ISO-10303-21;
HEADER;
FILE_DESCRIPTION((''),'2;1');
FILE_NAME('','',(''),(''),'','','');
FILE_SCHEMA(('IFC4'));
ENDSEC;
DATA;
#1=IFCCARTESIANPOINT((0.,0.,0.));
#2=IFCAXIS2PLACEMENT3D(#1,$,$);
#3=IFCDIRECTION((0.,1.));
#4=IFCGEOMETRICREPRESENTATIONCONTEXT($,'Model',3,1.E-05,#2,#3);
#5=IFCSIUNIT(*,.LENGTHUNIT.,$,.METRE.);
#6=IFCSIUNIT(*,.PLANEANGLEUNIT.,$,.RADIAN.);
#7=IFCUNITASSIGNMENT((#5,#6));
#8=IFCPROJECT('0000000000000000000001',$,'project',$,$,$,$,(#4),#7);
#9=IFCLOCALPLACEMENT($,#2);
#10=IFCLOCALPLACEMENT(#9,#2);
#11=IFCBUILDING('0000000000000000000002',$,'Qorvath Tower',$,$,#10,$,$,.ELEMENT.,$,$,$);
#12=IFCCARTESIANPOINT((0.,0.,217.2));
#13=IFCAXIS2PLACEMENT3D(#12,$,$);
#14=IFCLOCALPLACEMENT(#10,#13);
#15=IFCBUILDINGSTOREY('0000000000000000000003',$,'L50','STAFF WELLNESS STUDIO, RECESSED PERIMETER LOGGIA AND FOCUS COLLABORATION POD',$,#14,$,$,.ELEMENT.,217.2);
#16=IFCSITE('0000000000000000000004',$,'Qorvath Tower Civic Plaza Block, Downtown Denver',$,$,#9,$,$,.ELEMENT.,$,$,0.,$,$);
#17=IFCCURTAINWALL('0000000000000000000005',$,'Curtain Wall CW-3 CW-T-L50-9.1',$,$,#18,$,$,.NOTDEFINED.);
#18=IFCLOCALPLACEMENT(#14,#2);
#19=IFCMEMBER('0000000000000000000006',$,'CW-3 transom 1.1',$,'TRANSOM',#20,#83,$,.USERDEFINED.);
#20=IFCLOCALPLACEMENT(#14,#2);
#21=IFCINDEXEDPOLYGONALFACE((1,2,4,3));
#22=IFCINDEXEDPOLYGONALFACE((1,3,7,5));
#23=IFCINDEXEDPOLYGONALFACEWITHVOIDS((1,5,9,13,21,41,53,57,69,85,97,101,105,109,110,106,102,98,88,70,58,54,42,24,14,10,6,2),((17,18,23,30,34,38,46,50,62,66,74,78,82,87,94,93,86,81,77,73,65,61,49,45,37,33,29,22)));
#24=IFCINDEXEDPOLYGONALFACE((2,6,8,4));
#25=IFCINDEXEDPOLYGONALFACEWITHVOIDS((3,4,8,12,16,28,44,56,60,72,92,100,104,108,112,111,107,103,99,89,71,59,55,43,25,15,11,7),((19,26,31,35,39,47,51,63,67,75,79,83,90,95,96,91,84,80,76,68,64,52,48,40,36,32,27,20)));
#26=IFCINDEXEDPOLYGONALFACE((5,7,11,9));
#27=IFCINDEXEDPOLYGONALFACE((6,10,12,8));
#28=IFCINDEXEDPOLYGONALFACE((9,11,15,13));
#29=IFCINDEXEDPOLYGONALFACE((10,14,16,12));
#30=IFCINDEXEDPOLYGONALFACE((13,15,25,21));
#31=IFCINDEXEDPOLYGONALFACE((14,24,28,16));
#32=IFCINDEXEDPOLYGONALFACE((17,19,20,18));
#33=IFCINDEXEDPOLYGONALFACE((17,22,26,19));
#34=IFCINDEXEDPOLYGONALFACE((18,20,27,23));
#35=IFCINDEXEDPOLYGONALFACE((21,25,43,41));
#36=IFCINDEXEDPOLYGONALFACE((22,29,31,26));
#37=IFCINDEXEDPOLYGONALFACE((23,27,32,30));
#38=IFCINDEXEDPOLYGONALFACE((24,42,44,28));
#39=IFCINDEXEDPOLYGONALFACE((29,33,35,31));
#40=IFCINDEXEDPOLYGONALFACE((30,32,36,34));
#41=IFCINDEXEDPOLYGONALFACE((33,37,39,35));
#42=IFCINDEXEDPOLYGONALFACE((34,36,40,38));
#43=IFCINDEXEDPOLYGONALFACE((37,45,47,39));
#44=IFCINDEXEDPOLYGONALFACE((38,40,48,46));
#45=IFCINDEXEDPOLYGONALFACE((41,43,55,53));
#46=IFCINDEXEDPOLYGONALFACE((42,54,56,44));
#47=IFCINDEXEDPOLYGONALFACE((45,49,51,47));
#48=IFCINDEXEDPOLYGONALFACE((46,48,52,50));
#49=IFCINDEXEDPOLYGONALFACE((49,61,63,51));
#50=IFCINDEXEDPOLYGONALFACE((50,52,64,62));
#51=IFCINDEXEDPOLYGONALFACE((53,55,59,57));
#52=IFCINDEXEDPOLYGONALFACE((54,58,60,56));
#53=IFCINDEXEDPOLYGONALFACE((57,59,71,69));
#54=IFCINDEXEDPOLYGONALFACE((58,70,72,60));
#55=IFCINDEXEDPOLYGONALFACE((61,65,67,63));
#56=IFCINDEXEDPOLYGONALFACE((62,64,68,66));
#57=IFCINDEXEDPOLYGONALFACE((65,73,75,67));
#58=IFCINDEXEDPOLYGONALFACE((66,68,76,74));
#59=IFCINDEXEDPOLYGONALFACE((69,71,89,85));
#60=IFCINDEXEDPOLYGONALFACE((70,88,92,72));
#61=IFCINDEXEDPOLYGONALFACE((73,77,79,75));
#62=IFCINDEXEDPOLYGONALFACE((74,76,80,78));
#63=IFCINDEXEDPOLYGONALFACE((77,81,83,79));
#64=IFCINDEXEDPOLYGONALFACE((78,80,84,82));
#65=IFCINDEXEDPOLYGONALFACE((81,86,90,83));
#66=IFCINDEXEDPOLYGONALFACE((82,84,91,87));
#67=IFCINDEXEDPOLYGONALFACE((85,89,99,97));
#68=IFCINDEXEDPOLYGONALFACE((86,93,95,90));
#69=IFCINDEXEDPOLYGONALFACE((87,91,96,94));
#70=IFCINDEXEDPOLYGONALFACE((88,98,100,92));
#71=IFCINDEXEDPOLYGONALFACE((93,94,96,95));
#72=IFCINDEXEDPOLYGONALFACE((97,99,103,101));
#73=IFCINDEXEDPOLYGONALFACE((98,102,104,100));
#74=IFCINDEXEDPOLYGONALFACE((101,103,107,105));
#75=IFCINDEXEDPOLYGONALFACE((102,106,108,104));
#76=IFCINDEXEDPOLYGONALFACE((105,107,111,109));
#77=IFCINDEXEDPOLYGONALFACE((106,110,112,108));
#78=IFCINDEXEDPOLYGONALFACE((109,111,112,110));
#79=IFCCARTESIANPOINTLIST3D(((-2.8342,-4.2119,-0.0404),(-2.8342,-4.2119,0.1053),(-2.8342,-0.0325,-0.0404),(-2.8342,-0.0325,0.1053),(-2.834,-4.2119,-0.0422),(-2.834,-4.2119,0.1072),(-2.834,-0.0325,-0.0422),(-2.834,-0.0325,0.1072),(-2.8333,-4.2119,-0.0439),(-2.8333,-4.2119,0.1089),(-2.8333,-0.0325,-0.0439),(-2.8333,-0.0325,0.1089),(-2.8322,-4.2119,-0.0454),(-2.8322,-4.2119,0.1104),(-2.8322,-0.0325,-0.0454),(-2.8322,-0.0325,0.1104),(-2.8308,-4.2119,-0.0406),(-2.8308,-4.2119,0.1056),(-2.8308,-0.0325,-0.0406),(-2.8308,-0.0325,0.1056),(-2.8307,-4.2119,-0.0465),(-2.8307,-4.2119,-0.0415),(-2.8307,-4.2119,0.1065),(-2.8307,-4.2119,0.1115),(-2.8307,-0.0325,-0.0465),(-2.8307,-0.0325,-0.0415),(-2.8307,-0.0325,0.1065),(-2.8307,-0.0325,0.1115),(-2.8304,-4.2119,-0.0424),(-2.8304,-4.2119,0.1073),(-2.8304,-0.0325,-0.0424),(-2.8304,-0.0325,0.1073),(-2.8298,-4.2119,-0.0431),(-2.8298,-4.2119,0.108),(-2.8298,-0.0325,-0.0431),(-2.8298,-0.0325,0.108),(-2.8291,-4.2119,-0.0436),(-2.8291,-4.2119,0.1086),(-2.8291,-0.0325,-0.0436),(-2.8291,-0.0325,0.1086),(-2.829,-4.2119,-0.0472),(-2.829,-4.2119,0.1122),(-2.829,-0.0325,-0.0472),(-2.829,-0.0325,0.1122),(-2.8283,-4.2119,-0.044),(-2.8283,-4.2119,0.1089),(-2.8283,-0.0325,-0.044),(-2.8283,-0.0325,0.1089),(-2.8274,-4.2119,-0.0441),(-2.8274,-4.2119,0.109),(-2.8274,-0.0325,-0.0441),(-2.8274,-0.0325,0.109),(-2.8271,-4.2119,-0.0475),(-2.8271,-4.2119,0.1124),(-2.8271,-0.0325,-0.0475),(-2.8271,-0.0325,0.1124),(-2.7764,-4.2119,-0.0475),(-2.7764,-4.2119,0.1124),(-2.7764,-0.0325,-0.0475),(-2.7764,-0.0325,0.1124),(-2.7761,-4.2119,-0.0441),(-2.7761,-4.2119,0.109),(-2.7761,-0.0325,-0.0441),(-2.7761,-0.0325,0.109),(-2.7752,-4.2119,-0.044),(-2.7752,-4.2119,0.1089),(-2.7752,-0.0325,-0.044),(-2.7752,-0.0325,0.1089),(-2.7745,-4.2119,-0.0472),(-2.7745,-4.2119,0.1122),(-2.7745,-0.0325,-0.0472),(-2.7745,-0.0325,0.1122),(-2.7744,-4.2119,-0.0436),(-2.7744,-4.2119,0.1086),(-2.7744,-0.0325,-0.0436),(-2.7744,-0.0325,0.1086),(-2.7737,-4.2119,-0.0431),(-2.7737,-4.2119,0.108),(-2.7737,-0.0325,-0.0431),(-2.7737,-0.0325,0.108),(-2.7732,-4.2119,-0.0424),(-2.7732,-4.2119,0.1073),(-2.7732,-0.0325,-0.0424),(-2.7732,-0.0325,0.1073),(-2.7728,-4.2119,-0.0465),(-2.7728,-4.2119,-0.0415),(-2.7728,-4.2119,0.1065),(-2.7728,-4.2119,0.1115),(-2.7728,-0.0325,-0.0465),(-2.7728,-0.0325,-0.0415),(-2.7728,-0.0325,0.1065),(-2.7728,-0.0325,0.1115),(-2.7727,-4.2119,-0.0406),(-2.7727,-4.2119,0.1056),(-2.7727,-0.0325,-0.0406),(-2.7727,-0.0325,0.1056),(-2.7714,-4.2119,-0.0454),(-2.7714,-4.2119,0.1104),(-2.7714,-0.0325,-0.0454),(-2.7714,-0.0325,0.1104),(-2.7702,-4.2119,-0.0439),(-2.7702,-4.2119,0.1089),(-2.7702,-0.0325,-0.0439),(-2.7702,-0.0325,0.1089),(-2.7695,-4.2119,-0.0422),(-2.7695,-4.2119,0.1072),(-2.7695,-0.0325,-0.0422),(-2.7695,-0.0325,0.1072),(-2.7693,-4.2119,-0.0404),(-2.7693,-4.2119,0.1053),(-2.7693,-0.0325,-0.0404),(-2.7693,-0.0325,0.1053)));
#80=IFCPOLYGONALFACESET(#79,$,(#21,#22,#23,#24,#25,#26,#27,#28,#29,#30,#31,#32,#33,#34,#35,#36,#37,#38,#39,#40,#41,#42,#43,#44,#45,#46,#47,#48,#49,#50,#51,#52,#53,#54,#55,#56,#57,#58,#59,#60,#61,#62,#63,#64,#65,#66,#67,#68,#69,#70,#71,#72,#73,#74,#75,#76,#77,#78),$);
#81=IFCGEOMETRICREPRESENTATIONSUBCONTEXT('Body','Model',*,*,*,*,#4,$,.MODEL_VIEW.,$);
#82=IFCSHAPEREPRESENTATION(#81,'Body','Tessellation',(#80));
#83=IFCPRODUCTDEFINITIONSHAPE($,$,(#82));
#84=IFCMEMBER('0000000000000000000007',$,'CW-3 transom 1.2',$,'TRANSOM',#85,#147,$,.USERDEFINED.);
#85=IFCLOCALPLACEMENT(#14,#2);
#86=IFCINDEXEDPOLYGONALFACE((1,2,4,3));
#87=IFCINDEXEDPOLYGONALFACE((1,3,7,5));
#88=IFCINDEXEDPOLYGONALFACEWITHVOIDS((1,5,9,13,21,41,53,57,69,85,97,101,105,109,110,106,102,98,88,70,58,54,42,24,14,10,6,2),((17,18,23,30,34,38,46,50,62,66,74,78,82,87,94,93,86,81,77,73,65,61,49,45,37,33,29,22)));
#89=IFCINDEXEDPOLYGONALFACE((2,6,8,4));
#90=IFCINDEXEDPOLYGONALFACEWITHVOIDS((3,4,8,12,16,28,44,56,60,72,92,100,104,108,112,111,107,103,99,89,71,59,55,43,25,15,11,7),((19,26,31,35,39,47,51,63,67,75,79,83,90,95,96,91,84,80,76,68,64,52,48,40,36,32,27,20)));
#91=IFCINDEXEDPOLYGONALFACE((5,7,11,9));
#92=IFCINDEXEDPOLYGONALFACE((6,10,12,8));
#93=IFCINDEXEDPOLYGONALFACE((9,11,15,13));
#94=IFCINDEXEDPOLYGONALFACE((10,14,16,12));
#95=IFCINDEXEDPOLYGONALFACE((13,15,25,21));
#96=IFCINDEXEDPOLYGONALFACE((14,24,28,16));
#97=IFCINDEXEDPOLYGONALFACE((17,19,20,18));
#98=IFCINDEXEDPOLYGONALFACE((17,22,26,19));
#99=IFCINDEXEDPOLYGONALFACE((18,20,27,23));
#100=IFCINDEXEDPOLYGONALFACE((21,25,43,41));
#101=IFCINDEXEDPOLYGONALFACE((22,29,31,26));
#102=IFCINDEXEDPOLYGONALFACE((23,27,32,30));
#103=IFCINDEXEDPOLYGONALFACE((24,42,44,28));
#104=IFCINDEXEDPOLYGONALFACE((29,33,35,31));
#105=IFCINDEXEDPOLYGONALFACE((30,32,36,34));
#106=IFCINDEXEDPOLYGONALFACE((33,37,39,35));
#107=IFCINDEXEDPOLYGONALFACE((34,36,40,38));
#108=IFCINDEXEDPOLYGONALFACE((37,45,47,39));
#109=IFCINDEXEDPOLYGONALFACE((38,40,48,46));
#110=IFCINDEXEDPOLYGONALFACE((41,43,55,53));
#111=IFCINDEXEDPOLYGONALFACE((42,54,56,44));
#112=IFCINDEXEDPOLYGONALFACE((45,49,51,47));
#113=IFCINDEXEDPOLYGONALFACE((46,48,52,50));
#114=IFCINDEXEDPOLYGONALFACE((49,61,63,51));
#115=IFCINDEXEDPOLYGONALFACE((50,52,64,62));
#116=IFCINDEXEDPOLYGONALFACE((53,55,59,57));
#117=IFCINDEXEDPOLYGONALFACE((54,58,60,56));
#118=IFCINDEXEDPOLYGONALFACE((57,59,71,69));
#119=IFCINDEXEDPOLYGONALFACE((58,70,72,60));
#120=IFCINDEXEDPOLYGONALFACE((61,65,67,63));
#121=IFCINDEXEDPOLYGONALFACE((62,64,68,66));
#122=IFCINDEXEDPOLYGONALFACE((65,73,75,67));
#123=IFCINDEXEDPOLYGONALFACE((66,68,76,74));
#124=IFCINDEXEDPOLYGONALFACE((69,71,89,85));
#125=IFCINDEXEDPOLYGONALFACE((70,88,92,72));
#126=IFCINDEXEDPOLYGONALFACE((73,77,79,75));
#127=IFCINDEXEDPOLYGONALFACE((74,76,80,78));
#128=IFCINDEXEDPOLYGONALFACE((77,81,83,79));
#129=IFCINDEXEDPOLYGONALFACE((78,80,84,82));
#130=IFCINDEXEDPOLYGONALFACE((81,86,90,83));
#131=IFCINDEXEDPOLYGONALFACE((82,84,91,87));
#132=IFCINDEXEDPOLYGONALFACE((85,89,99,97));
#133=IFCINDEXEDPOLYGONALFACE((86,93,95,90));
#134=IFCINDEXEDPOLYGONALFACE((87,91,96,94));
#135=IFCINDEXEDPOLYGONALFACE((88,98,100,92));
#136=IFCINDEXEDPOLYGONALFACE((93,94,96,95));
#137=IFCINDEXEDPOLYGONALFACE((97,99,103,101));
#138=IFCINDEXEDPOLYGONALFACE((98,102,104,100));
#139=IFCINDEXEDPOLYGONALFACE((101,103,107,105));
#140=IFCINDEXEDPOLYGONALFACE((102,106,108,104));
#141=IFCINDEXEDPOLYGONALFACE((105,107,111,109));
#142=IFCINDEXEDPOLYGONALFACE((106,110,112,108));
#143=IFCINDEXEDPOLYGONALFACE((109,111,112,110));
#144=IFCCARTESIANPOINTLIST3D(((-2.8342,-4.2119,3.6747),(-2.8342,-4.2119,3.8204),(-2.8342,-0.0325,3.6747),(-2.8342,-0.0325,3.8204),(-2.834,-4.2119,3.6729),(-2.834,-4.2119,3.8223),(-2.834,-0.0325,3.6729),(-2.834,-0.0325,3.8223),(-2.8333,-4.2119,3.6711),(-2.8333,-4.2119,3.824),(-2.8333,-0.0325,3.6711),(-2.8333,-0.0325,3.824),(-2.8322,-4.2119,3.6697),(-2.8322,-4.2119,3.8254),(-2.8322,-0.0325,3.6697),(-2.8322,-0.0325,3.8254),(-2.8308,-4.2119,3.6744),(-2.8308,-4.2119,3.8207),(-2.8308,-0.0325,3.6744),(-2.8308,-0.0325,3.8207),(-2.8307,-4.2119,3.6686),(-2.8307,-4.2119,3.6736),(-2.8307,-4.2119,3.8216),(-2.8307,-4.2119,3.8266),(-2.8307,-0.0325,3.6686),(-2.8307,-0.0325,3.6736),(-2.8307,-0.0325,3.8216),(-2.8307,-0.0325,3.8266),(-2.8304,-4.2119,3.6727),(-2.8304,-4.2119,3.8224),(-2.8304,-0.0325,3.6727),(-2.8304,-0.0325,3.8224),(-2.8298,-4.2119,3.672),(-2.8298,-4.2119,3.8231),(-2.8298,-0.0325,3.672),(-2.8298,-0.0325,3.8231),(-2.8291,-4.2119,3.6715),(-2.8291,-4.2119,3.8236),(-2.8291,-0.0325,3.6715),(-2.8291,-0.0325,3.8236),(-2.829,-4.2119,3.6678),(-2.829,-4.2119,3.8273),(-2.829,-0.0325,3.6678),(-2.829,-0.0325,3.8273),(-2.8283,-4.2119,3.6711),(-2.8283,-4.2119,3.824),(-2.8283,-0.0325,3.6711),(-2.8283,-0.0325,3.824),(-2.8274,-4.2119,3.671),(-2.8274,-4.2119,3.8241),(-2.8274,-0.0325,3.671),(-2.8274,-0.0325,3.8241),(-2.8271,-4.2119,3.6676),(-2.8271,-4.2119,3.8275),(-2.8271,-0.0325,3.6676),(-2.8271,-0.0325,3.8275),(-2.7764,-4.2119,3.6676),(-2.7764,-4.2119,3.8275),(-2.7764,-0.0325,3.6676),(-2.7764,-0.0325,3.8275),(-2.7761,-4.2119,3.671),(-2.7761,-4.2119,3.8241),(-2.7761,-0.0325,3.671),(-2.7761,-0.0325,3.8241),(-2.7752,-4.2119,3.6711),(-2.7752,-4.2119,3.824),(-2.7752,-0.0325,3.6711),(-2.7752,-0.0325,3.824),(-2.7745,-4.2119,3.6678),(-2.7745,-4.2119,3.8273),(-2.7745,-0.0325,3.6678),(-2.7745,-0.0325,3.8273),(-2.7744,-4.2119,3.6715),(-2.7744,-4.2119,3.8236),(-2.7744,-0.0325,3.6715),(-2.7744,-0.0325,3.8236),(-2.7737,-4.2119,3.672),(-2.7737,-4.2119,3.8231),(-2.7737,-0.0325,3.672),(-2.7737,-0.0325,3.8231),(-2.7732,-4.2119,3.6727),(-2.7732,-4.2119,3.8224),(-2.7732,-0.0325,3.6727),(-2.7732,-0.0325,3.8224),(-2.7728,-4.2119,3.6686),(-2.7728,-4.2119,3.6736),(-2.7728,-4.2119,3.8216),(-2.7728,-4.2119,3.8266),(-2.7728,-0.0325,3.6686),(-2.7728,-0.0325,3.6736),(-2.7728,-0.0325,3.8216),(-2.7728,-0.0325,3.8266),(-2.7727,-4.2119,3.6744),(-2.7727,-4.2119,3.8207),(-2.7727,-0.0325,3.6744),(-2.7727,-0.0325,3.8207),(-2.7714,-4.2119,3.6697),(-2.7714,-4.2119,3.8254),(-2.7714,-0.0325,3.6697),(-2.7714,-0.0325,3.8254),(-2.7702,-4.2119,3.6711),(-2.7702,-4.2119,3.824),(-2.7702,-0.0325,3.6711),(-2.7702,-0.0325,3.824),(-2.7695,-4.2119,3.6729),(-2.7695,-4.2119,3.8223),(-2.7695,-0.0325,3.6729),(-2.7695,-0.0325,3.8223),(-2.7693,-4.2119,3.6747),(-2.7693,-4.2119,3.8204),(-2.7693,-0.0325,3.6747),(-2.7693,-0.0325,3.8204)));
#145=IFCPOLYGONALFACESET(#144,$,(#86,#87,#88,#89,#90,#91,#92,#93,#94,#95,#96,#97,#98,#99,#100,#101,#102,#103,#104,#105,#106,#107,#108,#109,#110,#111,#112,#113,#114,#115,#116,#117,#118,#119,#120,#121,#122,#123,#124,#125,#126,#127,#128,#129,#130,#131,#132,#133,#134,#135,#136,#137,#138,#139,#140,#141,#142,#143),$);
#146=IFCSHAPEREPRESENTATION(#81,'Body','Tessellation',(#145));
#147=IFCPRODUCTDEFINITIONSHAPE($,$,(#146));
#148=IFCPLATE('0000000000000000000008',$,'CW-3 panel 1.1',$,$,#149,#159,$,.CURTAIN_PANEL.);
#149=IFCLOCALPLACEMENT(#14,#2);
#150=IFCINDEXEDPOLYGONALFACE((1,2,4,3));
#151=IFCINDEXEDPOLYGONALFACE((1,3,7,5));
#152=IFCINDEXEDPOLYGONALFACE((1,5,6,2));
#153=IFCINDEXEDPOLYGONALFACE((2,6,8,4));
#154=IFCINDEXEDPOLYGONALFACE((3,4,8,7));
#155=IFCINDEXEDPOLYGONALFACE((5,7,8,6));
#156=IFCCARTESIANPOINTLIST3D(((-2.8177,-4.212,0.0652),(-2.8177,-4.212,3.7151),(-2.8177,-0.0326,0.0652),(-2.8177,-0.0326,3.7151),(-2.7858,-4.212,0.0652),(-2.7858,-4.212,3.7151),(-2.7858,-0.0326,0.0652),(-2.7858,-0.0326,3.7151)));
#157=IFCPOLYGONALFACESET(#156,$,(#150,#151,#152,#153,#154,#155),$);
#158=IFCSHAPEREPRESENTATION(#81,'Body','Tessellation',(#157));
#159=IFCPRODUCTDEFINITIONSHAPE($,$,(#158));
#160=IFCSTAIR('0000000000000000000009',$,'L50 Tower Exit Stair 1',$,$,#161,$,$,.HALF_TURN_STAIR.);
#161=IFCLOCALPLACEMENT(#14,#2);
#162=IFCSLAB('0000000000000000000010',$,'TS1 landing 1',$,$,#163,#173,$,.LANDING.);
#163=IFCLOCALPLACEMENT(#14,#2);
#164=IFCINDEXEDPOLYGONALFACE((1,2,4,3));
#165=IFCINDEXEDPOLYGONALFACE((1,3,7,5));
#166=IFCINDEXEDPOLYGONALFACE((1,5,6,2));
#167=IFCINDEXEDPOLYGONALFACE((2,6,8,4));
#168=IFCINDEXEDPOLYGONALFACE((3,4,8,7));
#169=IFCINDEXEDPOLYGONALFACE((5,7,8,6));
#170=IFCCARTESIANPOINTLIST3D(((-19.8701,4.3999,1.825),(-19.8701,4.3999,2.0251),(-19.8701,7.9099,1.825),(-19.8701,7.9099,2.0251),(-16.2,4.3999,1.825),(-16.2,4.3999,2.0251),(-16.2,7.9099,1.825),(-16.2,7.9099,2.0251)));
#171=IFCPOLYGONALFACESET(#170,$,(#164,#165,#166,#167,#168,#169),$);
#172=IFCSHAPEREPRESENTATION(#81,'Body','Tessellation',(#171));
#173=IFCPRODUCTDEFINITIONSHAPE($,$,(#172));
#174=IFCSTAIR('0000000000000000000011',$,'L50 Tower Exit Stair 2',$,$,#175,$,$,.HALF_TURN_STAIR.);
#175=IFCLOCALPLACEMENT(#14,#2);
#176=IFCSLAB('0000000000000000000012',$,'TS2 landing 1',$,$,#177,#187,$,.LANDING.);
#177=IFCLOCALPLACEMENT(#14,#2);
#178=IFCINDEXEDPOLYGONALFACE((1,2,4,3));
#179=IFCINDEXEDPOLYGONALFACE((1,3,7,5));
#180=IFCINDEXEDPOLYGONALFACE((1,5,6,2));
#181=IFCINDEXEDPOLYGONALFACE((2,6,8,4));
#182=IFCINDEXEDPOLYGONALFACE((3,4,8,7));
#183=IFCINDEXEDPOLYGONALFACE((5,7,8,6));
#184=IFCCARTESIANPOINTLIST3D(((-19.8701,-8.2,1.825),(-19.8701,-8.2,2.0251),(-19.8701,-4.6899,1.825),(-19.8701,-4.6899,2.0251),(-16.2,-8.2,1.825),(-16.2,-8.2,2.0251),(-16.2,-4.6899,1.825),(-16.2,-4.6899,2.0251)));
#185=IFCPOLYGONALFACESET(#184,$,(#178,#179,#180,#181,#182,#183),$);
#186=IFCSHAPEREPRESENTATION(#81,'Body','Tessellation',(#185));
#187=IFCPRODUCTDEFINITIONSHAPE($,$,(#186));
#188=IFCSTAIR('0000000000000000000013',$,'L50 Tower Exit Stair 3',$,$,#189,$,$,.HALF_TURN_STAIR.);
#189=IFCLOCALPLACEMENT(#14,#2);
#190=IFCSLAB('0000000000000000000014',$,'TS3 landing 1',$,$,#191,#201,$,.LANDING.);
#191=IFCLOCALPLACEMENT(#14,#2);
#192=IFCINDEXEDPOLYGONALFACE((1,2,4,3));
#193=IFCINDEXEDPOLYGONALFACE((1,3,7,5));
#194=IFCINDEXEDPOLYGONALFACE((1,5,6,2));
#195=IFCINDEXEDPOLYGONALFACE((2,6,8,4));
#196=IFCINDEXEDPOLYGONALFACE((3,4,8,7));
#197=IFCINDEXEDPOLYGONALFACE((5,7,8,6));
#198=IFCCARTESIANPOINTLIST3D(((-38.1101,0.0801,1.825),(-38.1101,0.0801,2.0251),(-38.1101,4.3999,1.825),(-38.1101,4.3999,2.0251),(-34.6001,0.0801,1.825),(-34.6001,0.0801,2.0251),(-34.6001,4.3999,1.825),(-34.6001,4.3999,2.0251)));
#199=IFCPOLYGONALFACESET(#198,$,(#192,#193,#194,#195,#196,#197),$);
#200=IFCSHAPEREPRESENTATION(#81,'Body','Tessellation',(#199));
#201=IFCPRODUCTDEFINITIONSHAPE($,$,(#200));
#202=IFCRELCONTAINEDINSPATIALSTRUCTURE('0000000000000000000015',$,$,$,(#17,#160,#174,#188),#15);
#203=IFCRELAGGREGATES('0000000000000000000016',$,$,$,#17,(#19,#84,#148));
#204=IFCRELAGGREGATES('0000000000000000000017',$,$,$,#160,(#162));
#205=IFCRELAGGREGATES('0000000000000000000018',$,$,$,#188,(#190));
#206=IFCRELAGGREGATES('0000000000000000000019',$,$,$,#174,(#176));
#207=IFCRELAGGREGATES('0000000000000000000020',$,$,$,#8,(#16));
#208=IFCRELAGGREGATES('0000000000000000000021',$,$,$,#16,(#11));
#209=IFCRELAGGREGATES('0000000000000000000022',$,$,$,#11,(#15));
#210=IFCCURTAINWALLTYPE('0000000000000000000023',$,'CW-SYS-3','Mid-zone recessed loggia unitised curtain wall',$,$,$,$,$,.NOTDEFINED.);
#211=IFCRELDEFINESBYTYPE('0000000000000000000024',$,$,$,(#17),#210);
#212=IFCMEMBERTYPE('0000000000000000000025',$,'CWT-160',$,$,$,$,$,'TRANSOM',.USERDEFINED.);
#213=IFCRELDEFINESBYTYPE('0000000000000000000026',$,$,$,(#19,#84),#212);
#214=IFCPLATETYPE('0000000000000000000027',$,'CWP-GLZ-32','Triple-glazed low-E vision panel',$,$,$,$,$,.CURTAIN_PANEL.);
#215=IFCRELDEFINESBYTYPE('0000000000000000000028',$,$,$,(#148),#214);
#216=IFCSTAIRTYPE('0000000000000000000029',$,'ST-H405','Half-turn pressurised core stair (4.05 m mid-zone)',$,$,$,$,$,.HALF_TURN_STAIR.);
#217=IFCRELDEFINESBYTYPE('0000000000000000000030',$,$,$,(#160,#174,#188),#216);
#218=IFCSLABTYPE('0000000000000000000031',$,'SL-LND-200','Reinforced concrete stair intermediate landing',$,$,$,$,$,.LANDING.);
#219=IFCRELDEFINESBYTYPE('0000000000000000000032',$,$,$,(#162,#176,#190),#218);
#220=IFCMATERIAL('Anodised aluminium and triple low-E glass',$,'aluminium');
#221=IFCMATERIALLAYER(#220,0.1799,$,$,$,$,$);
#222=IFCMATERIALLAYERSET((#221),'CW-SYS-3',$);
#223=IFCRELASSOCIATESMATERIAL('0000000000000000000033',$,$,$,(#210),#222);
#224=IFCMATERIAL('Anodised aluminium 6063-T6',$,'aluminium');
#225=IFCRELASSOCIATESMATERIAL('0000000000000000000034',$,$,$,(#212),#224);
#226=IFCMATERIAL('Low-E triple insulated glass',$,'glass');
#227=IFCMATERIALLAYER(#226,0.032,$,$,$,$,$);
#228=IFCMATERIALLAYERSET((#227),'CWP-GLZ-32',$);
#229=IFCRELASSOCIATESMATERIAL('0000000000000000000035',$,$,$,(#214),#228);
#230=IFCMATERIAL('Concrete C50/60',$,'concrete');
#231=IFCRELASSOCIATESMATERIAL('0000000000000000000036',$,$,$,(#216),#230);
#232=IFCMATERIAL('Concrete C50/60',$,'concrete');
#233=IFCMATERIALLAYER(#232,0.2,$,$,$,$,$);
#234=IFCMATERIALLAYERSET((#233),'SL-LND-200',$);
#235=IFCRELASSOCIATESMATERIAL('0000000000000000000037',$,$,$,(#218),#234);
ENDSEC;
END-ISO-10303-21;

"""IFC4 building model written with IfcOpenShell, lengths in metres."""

from ifc_helpers import new_model, si_unit, direction, frame, origin, origin_2d, place, context, subcontext, project, spatial, polyline, rectangle, hollow_rectangle, outline, extrude, material, layer, layer_set, material_profile, profile_set, type_object, element, aggregate, save


model = new_model("IFC4")

# Units and contexts
model_context = context("Model", 3, precision=1e-05, world=origin(), true_north=direction((0.0, 1.0)))
body_context = subcontext(model_context, "Body", "Model", "MODEL_VIEW")
ifc_project = project(units=[si_unit("LENGTHUNIT", "METRE"), si_unit("PLANEANGLEUNIT", "RADIAN")], contexts=[model_context])

# Site, building, storey
site_placement = place(None, origin())
site = spatial("IfcSite", under=ifc_project, at=site_placement, Name="Qorvath Tower Civic Plaza Block, Downtown Denver", CompositionType="ELEMENT", RefElevation=0.0)
building_placement = place(site_placement, origin())
building = spatial("IfcBuilding", under=site, at=building_placement, Name="Qorvath Tower", CompositionType="ELEMENT")
storey_placement = place(building_placement, frame((0.0, 0.0, 217.2)))
storey = spatial("IfcBuildingStorey", under=building, at=storey_placement, Name="L50", Description="STAFF WELLNESS STUDIO, RECESSED PERIMETER LOGGIA AND FOCUS COLLABORATION POD", CompositionType="ELEMENT", Elevation=217.2)

# Curtain wall, members, plate
ifc_material_1 = material(Name="Anodised aluminium and triple low-E glass", Category="aluminium")
ifc_layer_1 = layer(ifc_material_1, 0.1799)
ifc_layer_set_1 = layer_set([ifc_layer_1], Name="CW-SYS-3")
curtain_wall_type = type_object("IfcCurtainWallType", Name="CW-SYS-3", Description="Mid-zone recessed loggia unitised curtain wall", PredefinedType="NOTDEFINED", material=ifc_layer_set_1)
curtain_wall_placement = place(storey_placement, origin())
curtain_wall = element("IfcCurtainWall", 1, at=curtain_wall_placement, inside=storey, type_object=curtain_wall_type, Name="Curtain Wall CW-3 CW-T-L50-9.1", PredefinedType="NOTDEFINED")
ifc_material_2 = material(Name="Anodised aluminium 6063-T6", Category="aluminium")
ifc_material_profile_1 = material_profile(ifc_material_2, hollow_rectangle(XDim=0.0649, YDim=0.1599, WallThickness=0.0034, InnerFilletRadius=0.0034, OuterFilletRadius=0.0071, at=origin_2d()), Name="CWT 160x65")
ifc_profile_set_1 = profile_set([ifc_material_profile_1], Name="Anodised aluminium 6063-T6")
member_type_1 = type_object("IfcMemberType", Name="CWT-160", ElementType="TRANSOM", PredefinedType="USERDEFINED", material=ifc_profile_set_1)
member_1_placement = place(storey_placement, frame((-2.8018, -4.2119, 0.0325), z_axis=(0.0, 1.0, 0.0), x_axis=(-1.0, 0.0, 0.0)))
member_1 = element("IfcMember", 2, at=member_1_placement, type_object=member_type_1, Name="CW-3 transom 1.1", ObjectType="TRANSOM", PredefinedType="USERDEFINED", context=body_context, shape_type="SweptSolid", body=[
    extrude(hollow_rectangle(XDim=0.0649, YDim=0.1599, WallThickness=0.0034, InnerFilletRadius=0.0034, OuterFilletRadius=0.0071, at=origin_2d()), origin(), (0.0, 0.0, 1.0), 4.1794),
])
member_2_placement = place(storey_placement, frame((-2.8018, -4.2119, 3.7476), z_axis=(0.0, 1.0, 0.0), x_axis=(-1.0, 0.0, 0.0)))
member_2 = element("IfcMember", 3, at=member_2_placement, type_object=member_type_1, Name="CW-3 transom 1.2", ObjectType="TRANSOM", PredefinedType="USERDEFINED", context=body_context, shape_type="SweptSolid", body=[
    extrude(hollow_rectangle(XDim=0.0649, YDim=0.1599, WallThickness=0.0034, InnerFilletRadius=0.0034, OuterFilletRadius=0.0071, at=origin_2d()), origin(), (0.0, 0.0, 1.0), 4.1794),
])
ifc_material_3 = material(Name="Low-E triple insulated glass", Category="glass")
ifc_layer_2 = layer(ifc_material_3, 0.032)
ifc_layer_set_2 = layer_set([ifc_layer_2], Name="CWP-GLZ-32")
plate_type = type_object("IfcPlateType", Name="CWP-GLZ-32", Description="Triple-glazed low-E vision panel", PredefinedType="CURTAIN_PANEL", material=ifc_layer_set_2)
plate_placement = place(storey_placement, frame((-2.8018, -2.1223, 0.0652), z_axis=(0.0, 0.0, 1.0), x_axis=(0.0, 1.0, 0.0)))
plate = element("IfcPlate", 4, at=plate_placement, type_object=plate_type, Name="CW-3 panel 1.1", PredefinedType="CURTAIN_PANEL", context=body_context, shape_type="SweptSolid", body=[
    extrude(rectangle(XDim=4.1794, YDim=0.032, at=origin_2d()), origin(), (0.0, 0.0, 1.0), 3.6499),
])
aggregate(curtain_wall, [member_1, member_2, plate])

# Stairs, slabs
ifc_material_4 = material(Name="Concrete C50/60", Category="concrete")
stair_type = type_object("IfcStairType", Name="ST-H405", Description="Half-turn pressurised core stair (4.05 m mid-zone)", PredefinedType="HALF_TURN_STAIR", material=ifc_material_4)
stair_1_placement = place(storey_placement, origin())
stair_1 = element("IfcStair", 5, at=stair_1_placement, inside=storey, type_object=stair_type, Name="L50 Tower Exit Stair 1", PredefinedType="HALF_TURN_STAIR")
ifc_material_5 = material(Name="Concrete C50/60", Category="concrete")
ifc_layer_3 = layer(ifc_material_5, 0.2)
ifc_layer_set_3 = layer_set([ifc_layer_3], Name="SL-LND-200")
slab_type_1 = type_object("IfcSlabType", Name="SL-LND-200", Description="Reinforced concrete stair intermediate landing", PredefinedType="LANDING", material=ifc_layer_set_3)
slab_1_placement = place(storey_placement, frame((0.0, 0.0, 1.825)))
slab_1 = element("IfcSlab", 6, at=slab_1_placement, type_object=slab_type_1, Name="TS1 landing 1", PredefinedType="LANDING", context=body_context, shape_type="SweptSolid", body=[
    extrude(outline(polyline([(-19.8701, 4.3999), (-16.2, 4.3999), (-16.2, 7.9099), (-19.8701, 7.9099), (-19.8701, 4.3999)])), origin(), (0.0, 0.0, 1.0), 0.2002),
])
aggregate(stair_1, [slab_1])
stair_2_placement = place(storey_placement, origin())
stair_2 = element("IfcStair", 7, at=stair_2_placement, inside=storey, type_object=stair_type, Name="L50 Tower Exit Stair 2", PredefinedType="HALF_TURN_STAIR")
slab_2_placement = place(storey_placement, frame((0.0, 0.0, 1.825)))
slab_2 = element("IfcSlab", 8, at=slab_2_placement, type_object=slab_type_1, Name="TS2 landing 1", PredefinedType="LANDING", context=body_context, shape_type="SweptSolid", body=[
    extrude(outline(polyline([(-19.8701, -8.2), (-16.2, -8.2), (-16.2, -4.6899), (-19.8701, -4.6899), (-19.8701, -8.2)])), origin(), (0.0, 0.0, 1.0), 0.2002),
])
stair_3_placement = place(storey_placement, origin())
stair_3 = element("IfcStair", 9, at=stair_3_placement, inside=storey, type_object=stair_type, Name="L50 Tower Exit Stair 3", PredefinedType="HALF_TURN_STAIR")
slab_3_placement = place(storey_placement, frame((0.0, 0.0, 1.825)))
slab_3 = element("IfcSlab", 10, at=slab_3_placement, type_object=slab_type_1, Name="TS3 landing 1", PredefinedType="LANDING", context=body_context, shape_type="SweptSolid", body=[
    extrude(outline(polyline([(-34.6001, 0.0801), (-34.6001, 4.3999), (-38.1101, 4.3999), (-38.1101, 0.0801), (-34.6001, 0.0801)])), origin(), (0.0, 0.0, 1.0), 0.2002),
])
aggregate(stair_3, [slab_3])

aggregate(stair_2, [slab_2])

save(model, "model.ifc")
